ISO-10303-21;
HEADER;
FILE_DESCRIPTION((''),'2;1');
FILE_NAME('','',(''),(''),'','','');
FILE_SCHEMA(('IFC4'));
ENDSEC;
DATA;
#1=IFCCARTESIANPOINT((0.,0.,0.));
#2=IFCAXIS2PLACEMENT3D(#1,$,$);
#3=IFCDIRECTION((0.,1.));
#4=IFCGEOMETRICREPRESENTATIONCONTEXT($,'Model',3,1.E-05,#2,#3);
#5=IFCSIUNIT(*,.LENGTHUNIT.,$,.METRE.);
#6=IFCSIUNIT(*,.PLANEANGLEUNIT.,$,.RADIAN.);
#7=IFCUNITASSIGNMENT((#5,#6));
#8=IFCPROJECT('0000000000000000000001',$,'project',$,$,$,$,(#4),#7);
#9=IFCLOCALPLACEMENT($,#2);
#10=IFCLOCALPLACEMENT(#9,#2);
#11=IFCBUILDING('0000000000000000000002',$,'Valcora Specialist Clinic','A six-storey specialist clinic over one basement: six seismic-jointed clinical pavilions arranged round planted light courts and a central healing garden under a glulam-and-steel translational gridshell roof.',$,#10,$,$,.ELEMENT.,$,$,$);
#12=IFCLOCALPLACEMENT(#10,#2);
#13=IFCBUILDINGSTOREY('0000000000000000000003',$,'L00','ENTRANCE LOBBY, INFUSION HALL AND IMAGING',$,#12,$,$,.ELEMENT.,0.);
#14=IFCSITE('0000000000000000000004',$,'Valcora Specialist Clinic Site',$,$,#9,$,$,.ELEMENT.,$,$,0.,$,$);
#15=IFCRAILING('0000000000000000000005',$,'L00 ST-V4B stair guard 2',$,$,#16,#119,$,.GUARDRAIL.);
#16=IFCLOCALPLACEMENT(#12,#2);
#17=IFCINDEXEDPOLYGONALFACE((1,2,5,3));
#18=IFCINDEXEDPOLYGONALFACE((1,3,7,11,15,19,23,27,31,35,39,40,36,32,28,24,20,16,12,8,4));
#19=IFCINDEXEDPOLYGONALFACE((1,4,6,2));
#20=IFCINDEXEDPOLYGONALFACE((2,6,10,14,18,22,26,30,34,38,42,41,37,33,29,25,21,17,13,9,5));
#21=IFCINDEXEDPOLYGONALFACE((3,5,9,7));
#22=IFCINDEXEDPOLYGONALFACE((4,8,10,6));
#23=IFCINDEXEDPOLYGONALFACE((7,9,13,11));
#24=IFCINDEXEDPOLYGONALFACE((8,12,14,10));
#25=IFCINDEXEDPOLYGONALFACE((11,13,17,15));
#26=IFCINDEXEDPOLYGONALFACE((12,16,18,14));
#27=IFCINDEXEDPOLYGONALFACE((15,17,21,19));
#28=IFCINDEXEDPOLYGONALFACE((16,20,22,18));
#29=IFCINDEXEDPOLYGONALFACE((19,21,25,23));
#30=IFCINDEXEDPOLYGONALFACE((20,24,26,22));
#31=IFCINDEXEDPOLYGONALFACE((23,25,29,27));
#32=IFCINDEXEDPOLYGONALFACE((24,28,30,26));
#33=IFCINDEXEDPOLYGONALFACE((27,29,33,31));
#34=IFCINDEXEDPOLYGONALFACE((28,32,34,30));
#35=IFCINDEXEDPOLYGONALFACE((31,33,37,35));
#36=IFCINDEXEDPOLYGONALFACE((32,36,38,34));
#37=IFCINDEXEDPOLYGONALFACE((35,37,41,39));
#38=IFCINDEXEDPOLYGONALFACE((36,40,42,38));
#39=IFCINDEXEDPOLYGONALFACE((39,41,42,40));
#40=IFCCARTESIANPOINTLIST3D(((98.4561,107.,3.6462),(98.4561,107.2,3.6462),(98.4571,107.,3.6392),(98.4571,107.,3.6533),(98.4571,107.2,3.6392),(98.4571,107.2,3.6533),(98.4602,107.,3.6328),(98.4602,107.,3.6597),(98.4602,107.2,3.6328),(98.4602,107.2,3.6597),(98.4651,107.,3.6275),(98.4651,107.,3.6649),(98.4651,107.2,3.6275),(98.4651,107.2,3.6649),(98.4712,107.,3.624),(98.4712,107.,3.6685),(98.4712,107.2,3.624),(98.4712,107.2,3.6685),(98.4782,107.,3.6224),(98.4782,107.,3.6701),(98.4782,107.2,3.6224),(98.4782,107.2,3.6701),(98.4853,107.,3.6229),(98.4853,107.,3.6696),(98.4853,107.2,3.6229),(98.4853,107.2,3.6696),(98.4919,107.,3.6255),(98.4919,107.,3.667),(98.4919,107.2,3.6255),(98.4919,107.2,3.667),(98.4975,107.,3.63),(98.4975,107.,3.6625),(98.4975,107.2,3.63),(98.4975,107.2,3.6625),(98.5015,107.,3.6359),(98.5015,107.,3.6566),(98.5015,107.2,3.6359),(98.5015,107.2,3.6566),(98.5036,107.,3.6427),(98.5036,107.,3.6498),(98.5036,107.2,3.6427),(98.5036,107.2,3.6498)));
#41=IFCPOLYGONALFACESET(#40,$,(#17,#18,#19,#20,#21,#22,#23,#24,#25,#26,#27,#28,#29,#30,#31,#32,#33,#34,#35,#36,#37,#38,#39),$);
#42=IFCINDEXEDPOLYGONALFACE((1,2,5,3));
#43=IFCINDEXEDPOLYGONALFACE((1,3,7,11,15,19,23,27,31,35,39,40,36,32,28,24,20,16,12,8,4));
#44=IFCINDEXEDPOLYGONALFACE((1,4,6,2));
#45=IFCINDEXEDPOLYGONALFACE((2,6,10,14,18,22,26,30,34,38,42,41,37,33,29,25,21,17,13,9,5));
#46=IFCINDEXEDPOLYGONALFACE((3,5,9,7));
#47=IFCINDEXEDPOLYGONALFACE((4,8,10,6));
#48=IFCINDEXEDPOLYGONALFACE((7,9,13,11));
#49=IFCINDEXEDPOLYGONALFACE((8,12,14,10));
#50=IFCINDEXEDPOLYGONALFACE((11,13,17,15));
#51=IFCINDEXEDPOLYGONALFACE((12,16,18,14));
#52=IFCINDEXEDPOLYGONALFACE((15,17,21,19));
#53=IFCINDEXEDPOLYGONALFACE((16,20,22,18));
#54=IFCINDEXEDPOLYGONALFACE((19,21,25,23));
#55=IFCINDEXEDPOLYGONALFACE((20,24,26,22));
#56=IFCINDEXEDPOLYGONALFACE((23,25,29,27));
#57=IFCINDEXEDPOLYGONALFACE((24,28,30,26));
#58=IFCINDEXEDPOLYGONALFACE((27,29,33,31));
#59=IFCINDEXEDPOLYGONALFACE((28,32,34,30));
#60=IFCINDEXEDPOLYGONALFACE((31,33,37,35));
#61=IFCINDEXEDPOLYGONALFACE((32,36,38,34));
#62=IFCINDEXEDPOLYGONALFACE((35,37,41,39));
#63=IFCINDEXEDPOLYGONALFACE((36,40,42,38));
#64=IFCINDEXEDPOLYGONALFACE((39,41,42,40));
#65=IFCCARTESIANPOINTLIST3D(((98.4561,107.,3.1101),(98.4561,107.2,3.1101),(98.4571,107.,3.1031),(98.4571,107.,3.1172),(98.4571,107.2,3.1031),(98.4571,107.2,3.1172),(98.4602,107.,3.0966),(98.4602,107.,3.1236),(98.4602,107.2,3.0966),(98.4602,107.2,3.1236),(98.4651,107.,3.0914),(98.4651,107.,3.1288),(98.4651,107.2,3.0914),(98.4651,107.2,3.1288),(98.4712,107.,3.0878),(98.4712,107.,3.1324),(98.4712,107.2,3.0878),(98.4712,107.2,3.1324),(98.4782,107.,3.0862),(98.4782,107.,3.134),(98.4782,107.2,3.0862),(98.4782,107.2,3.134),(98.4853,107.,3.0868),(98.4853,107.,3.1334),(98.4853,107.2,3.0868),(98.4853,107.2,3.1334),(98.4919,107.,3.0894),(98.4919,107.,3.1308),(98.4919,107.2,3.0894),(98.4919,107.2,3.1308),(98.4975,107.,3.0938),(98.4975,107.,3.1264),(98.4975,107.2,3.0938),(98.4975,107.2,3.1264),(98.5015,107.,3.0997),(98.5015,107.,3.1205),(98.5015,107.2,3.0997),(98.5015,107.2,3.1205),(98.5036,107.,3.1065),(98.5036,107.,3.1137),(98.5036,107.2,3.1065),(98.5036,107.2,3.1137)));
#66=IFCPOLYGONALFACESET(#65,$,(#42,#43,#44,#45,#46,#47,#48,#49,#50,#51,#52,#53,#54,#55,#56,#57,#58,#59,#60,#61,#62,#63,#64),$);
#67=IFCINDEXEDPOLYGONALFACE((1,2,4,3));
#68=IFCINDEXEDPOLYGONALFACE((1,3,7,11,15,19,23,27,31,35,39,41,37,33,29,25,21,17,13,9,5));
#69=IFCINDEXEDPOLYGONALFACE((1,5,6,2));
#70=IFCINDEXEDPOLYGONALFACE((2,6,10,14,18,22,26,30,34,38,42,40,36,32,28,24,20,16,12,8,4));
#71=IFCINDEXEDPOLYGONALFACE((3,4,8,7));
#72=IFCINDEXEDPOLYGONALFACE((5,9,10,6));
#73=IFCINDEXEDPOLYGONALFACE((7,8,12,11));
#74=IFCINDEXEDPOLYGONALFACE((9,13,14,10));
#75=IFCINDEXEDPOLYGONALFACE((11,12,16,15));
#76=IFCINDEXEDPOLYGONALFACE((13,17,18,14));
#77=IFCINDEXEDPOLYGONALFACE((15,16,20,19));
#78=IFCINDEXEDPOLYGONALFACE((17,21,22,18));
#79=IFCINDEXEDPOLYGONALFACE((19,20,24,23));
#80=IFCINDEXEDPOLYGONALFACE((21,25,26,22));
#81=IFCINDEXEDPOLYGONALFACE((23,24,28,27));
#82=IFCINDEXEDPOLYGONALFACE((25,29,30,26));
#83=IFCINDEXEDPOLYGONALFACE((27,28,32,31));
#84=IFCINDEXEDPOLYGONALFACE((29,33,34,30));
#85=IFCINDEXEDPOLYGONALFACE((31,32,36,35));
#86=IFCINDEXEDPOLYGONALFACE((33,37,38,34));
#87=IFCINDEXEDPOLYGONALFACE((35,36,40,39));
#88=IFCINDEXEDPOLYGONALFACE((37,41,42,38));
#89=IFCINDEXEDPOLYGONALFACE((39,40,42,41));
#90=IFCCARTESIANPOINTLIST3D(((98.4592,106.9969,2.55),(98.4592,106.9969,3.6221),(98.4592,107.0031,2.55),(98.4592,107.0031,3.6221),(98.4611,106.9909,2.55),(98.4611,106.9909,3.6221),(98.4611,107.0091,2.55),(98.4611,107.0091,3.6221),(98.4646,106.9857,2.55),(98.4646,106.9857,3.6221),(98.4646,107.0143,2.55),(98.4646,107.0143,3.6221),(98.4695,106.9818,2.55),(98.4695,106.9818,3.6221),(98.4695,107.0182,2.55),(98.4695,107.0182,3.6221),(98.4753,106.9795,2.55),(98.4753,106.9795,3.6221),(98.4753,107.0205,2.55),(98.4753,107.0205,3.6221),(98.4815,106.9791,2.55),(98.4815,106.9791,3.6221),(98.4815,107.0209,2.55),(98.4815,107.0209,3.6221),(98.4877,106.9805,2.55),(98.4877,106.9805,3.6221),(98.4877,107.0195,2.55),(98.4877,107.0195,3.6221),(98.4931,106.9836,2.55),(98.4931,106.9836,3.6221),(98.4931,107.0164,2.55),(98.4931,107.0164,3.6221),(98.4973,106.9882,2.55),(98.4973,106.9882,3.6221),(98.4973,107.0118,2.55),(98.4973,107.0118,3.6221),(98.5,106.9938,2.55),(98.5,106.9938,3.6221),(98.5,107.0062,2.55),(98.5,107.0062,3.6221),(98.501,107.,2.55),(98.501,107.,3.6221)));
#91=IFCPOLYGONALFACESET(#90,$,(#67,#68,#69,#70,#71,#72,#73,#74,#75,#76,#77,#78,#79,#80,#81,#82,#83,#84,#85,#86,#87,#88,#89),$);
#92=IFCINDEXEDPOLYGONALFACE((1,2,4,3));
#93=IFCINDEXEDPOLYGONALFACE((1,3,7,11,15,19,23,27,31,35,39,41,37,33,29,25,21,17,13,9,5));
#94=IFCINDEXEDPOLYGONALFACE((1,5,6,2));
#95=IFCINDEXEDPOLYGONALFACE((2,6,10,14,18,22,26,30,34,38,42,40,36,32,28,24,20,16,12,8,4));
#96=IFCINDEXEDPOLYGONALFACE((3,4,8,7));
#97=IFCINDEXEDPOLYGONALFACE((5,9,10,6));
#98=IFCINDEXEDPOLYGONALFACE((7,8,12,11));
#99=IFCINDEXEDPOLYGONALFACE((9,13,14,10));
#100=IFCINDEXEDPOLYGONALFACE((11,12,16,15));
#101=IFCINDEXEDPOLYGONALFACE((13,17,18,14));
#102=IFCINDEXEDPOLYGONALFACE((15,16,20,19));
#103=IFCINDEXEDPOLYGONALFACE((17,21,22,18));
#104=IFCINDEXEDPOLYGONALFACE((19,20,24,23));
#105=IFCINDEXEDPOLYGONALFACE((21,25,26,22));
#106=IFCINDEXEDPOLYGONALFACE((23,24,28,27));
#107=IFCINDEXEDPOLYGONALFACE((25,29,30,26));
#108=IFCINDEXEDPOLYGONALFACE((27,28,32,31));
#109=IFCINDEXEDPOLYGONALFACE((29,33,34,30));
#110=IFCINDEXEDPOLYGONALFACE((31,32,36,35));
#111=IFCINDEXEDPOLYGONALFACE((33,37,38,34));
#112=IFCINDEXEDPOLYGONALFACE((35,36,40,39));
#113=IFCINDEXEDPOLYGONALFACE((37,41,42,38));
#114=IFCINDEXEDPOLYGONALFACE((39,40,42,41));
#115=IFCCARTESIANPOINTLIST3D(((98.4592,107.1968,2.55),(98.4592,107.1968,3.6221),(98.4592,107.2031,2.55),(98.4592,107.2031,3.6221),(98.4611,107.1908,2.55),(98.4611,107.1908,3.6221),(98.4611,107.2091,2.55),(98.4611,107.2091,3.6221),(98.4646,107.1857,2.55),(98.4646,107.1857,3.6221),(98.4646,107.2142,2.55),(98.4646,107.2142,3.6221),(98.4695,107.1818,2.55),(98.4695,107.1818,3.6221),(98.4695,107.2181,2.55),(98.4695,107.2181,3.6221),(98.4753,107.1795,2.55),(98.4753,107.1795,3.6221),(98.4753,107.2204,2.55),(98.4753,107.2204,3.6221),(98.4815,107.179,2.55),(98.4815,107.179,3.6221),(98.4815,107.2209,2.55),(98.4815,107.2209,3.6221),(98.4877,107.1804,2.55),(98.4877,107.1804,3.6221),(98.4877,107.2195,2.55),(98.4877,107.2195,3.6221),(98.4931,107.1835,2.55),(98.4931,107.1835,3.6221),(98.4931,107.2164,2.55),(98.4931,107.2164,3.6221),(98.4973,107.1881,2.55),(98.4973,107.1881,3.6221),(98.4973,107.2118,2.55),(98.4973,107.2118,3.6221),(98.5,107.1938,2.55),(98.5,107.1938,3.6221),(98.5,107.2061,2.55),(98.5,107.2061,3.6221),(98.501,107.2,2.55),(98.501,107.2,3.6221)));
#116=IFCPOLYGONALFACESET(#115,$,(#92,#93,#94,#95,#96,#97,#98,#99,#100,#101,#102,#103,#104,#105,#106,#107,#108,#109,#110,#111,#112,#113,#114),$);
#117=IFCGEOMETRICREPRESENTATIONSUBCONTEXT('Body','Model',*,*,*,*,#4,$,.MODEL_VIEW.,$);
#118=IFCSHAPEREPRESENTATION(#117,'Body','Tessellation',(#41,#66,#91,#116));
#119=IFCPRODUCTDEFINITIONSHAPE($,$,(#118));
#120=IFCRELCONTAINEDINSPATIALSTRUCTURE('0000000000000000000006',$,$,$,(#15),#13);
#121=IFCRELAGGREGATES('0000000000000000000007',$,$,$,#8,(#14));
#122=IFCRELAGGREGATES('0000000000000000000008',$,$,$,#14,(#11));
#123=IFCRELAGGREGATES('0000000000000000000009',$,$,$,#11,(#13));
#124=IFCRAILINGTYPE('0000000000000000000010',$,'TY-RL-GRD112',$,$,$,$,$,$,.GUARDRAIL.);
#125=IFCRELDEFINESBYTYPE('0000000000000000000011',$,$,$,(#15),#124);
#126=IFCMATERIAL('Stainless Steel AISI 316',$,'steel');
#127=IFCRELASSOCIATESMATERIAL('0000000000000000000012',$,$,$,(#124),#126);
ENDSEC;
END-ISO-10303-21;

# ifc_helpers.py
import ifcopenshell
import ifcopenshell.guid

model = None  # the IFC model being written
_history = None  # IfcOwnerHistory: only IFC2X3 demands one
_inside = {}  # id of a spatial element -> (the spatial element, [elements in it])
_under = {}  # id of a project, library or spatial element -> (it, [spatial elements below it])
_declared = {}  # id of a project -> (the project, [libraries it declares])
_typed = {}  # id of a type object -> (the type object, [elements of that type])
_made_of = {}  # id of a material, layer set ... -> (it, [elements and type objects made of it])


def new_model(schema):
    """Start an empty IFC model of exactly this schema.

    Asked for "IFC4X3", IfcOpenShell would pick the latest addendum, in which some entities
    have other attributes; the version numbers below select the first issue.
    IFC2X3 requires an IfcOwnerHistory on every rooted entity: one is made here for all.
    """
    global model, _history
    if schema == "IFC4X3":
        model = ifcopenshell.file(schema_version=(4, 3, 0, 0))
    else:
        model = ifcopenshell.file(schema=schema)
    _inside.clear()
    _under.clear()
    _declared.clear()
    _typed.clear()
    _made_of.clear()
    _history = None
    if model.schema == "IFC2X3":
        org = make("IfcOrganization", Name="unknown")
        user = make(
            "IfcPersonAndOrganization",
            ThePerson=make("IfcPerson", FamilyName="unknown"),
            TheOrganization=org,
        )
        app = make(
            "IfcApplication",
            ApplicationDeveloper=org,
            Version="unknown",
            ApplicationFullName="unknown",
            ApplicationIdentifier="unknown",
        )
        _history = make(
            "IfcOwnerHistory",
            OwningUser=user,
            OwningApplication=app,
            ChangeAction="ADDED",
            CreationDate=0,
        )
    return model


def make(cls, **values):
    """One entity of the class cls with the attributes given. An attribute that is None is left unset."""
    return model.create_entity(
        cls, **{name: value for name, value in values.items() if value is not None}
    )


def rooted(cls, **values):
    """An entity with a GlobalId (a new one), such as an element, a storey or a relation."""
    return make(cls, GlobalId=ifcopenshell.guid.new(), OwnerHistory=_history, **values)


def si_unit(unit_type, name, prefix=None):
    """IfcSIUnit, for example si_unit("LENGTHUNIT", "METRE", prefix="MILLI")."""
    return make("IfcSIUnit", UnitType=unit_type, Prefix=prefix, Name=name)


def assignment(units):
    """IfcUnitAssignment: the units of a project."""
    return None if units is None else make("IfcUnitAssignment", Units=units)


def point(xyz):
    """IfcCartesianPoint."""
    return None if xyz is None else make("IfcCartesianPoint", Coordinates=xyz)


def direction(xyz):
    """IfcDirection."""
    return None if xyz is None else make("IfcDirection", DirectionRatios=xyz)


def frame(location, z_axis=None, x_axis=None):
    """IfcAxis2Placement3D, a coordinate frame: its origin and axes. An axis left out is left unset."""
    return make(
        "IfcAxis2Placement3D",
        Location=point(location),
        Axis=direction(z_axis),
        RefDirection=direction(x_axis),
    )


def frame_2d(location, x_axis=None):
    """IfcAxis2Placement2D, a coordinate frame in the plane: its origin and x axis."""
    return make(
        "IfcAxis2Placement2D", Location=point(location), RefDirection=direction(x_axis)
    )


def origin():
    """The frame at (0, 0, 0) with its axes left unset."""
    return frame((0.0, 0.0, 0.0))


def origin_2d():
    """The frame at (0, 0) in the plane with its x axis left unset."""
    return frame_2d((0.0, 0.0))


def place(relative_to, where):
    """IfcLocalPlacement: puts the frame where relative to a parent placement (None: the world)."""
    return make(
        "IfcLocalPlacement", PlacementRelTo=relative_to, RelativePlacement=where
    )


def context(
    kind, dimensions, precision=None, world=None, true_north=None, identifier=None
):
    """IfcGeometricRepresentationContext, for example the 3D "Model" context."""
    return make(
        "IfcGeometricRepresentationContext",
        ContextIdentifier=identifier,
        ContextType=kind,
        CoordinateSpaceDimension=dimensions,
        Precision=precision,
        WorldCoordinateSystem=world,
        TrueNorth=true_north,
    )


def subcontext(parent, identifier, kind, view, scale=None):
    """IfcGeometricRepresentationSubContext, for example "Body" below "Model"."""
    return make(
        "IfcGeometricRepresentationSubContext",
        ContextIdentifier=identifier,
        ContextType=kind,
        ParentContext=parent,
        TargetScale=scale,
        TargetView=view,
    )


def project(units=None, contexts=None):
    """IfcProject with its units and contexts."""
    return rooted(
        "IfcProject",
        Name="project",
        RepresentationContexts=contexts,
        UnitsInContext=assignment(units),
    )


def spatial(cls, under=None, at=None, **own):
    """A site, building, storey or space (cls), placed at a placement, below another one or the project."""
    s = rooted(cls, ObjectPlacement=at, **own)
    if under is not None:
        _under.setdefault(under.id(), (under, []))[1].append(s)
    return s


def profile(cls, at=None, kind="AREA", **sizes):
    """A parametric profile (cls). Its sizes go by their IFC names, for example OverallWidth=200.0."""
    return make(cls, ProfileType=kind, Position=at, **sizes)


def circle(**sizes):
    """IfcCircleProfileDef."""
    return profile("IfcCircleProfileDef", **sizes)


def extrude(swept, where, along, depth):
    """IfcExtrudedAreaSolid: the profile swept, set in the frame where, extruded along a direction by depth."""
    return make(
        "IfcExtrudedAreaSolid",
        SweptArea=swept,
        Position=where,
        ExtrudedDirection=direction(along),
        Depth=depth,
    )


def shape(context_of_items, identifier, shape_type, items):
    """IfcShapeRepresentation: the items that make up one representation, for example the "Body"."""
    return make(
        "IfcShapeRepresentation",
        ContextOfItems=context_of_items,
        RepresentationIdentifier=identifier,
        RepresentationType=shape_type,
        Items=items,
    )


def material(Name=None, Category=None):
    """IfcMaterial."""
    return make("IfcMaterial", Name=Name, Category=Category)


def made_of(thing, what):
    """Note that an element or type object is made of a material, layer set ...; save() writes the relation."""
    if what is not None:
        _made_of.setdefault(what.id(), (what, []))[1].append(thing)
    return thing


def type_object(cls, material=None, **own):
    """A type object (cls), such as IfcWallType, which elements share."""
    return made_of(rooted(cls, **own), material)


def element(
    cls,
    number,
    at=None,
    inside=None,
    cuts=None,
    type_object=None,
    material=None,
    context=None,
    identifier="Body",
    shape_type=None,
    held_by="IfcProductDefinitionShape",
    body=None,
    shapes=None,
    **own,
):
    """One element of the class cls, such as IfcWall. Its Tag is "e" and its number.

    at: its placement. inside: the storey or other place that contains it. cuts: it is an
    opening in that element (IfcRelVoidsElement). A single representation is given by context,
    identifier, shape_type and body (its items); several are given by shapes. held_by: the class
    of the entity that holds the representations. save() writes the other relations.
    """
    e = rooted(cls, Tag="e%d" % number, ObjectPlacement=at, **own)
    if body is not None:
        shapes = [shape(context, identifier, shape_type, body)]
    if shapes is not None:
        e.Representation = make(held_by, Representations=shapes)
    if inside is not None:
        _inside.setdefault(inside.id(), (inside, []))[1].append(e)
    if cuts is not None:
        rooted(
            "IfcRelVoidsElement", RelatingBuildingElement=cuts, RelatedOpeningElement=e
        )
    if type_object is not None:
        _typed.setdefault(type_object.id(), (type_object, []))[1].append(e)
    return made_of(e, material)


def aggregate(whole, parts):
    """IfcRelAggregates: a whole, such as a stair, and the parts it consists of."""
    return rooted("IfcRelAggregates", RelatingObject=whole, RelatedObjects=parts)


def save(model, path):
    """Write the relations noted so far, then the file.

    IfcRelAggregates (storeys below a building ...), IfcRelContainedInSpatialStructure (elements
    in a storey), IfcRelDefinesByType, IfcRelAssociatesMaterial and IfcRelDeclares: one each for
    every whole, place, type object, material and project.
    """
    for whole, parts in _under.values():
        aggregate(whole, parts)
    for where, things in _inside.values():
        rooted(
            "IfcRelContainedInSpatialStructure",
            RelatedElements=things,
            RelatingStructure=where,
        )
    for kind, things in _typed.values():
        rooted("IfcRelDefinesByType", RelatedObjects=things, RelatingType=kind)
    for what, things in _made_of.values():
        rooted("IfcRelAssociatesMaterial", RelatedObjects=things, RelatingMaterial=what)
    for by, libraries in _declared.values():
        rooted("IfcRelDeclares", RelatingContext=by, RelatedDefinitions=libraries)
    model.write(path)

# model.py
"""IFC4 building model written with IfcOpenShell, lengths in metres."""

from ifc_helpers import new_model, si_unit, direction, frame, origin, origin_2d, place, context, subcontext, project, spatial, circle, extrude, material, type_object, element, save


model = new_model("IFC4")

# Units and contexts
model_context = context("Model", 3, precision=1e-05, world=origin(), true_north=direction((0.0, 1.0)))
body_context = subcontext(model_context, "Body", "Model", "MODEL_VIEW")
ifc_project = project(units=[si_unit("LENGTHUNIT", "METRE"), si_unit("PLANEANGLEUNIT", "RADIAN")], contexts=[model_context])

# Site, building, storey
site_placement = place(None, origin())
site = spatial("IfcSite", under=ifc_project, at=site_placement, Name="Valcora Specialist Clinic Site", CompositionType="ELEMENT", RefElevation=0.0)
building_placement = place(site_placement, origin())
building = spatial("IfcBuilding", under=site, at=building_placement, Name="Valcora Specialist Clinic", Description="A six-storey specialist clinic over one basement: six seismic-jointed clinical pavilions arranged round planted light courts and a central healing garden under a glulam-and-steel translational gridshell roof.", CompositionType="ELEMENT")
storey_placement = place(building_placement, origin())
storey = spatial("IfcBuildingStorey", under=building, at=storey_placement, Name="L00", Description="ENTRANCE LOBBY, INFUSION HALL AND IMAGING", CompositionType="ELEMENT", Elevation=0.0)

# Railing
ifc_material_1 = material(Name="Stainless Steel AISI 316", Category="steel")
railing_type_1 = type_object("IfcRailingType", Name="TY-RL-GRD112", PredefinedType="GUARDRAIL", material=ifc_material_1)
railing_1_placement = place(storey_placement, frame((98.48, 107.0, 2.55)))
element("IfcRailing", 1, at=railing_1_placement, inside=storey, type_object=railing_type_1, Name="L00 ST-V4B stair guard 2", PredefinedType="GUARDRAIL", context=body_context, shape_type="SweptSolid", body=[
    extrude(circle(Radius=0.0239, at=origin_2d()), frame((0.0, 0.0, 1.0962), z_axis=(0.0, 1.0, 0.0), x_axis=(-1.0, 0.0, 0.0)), (0.0, 0.0, 1.0), 0.2),
    extrude(circle(Radius=0.0239, at=origin_2d()), frame((0.0, 0.0, 0.5601), z_axis=(0.0, 1.0, 0.0), x_axis=(-1.0, 0.0, 0.0)), (0.0, 0.0, 1.0), 0.2),
    extrude(circle(Radius=0.021, at=origin_2d()), origin(), (0.0, 0.0, 1.0), 1.072),
    extrude(circle(Radius=0.021, at=origin_2d()), frame((0.0, 0.2, 0.0)), (0.0, 0.0, 1.0), 1.072),
])

save(model, "model.ifc")
